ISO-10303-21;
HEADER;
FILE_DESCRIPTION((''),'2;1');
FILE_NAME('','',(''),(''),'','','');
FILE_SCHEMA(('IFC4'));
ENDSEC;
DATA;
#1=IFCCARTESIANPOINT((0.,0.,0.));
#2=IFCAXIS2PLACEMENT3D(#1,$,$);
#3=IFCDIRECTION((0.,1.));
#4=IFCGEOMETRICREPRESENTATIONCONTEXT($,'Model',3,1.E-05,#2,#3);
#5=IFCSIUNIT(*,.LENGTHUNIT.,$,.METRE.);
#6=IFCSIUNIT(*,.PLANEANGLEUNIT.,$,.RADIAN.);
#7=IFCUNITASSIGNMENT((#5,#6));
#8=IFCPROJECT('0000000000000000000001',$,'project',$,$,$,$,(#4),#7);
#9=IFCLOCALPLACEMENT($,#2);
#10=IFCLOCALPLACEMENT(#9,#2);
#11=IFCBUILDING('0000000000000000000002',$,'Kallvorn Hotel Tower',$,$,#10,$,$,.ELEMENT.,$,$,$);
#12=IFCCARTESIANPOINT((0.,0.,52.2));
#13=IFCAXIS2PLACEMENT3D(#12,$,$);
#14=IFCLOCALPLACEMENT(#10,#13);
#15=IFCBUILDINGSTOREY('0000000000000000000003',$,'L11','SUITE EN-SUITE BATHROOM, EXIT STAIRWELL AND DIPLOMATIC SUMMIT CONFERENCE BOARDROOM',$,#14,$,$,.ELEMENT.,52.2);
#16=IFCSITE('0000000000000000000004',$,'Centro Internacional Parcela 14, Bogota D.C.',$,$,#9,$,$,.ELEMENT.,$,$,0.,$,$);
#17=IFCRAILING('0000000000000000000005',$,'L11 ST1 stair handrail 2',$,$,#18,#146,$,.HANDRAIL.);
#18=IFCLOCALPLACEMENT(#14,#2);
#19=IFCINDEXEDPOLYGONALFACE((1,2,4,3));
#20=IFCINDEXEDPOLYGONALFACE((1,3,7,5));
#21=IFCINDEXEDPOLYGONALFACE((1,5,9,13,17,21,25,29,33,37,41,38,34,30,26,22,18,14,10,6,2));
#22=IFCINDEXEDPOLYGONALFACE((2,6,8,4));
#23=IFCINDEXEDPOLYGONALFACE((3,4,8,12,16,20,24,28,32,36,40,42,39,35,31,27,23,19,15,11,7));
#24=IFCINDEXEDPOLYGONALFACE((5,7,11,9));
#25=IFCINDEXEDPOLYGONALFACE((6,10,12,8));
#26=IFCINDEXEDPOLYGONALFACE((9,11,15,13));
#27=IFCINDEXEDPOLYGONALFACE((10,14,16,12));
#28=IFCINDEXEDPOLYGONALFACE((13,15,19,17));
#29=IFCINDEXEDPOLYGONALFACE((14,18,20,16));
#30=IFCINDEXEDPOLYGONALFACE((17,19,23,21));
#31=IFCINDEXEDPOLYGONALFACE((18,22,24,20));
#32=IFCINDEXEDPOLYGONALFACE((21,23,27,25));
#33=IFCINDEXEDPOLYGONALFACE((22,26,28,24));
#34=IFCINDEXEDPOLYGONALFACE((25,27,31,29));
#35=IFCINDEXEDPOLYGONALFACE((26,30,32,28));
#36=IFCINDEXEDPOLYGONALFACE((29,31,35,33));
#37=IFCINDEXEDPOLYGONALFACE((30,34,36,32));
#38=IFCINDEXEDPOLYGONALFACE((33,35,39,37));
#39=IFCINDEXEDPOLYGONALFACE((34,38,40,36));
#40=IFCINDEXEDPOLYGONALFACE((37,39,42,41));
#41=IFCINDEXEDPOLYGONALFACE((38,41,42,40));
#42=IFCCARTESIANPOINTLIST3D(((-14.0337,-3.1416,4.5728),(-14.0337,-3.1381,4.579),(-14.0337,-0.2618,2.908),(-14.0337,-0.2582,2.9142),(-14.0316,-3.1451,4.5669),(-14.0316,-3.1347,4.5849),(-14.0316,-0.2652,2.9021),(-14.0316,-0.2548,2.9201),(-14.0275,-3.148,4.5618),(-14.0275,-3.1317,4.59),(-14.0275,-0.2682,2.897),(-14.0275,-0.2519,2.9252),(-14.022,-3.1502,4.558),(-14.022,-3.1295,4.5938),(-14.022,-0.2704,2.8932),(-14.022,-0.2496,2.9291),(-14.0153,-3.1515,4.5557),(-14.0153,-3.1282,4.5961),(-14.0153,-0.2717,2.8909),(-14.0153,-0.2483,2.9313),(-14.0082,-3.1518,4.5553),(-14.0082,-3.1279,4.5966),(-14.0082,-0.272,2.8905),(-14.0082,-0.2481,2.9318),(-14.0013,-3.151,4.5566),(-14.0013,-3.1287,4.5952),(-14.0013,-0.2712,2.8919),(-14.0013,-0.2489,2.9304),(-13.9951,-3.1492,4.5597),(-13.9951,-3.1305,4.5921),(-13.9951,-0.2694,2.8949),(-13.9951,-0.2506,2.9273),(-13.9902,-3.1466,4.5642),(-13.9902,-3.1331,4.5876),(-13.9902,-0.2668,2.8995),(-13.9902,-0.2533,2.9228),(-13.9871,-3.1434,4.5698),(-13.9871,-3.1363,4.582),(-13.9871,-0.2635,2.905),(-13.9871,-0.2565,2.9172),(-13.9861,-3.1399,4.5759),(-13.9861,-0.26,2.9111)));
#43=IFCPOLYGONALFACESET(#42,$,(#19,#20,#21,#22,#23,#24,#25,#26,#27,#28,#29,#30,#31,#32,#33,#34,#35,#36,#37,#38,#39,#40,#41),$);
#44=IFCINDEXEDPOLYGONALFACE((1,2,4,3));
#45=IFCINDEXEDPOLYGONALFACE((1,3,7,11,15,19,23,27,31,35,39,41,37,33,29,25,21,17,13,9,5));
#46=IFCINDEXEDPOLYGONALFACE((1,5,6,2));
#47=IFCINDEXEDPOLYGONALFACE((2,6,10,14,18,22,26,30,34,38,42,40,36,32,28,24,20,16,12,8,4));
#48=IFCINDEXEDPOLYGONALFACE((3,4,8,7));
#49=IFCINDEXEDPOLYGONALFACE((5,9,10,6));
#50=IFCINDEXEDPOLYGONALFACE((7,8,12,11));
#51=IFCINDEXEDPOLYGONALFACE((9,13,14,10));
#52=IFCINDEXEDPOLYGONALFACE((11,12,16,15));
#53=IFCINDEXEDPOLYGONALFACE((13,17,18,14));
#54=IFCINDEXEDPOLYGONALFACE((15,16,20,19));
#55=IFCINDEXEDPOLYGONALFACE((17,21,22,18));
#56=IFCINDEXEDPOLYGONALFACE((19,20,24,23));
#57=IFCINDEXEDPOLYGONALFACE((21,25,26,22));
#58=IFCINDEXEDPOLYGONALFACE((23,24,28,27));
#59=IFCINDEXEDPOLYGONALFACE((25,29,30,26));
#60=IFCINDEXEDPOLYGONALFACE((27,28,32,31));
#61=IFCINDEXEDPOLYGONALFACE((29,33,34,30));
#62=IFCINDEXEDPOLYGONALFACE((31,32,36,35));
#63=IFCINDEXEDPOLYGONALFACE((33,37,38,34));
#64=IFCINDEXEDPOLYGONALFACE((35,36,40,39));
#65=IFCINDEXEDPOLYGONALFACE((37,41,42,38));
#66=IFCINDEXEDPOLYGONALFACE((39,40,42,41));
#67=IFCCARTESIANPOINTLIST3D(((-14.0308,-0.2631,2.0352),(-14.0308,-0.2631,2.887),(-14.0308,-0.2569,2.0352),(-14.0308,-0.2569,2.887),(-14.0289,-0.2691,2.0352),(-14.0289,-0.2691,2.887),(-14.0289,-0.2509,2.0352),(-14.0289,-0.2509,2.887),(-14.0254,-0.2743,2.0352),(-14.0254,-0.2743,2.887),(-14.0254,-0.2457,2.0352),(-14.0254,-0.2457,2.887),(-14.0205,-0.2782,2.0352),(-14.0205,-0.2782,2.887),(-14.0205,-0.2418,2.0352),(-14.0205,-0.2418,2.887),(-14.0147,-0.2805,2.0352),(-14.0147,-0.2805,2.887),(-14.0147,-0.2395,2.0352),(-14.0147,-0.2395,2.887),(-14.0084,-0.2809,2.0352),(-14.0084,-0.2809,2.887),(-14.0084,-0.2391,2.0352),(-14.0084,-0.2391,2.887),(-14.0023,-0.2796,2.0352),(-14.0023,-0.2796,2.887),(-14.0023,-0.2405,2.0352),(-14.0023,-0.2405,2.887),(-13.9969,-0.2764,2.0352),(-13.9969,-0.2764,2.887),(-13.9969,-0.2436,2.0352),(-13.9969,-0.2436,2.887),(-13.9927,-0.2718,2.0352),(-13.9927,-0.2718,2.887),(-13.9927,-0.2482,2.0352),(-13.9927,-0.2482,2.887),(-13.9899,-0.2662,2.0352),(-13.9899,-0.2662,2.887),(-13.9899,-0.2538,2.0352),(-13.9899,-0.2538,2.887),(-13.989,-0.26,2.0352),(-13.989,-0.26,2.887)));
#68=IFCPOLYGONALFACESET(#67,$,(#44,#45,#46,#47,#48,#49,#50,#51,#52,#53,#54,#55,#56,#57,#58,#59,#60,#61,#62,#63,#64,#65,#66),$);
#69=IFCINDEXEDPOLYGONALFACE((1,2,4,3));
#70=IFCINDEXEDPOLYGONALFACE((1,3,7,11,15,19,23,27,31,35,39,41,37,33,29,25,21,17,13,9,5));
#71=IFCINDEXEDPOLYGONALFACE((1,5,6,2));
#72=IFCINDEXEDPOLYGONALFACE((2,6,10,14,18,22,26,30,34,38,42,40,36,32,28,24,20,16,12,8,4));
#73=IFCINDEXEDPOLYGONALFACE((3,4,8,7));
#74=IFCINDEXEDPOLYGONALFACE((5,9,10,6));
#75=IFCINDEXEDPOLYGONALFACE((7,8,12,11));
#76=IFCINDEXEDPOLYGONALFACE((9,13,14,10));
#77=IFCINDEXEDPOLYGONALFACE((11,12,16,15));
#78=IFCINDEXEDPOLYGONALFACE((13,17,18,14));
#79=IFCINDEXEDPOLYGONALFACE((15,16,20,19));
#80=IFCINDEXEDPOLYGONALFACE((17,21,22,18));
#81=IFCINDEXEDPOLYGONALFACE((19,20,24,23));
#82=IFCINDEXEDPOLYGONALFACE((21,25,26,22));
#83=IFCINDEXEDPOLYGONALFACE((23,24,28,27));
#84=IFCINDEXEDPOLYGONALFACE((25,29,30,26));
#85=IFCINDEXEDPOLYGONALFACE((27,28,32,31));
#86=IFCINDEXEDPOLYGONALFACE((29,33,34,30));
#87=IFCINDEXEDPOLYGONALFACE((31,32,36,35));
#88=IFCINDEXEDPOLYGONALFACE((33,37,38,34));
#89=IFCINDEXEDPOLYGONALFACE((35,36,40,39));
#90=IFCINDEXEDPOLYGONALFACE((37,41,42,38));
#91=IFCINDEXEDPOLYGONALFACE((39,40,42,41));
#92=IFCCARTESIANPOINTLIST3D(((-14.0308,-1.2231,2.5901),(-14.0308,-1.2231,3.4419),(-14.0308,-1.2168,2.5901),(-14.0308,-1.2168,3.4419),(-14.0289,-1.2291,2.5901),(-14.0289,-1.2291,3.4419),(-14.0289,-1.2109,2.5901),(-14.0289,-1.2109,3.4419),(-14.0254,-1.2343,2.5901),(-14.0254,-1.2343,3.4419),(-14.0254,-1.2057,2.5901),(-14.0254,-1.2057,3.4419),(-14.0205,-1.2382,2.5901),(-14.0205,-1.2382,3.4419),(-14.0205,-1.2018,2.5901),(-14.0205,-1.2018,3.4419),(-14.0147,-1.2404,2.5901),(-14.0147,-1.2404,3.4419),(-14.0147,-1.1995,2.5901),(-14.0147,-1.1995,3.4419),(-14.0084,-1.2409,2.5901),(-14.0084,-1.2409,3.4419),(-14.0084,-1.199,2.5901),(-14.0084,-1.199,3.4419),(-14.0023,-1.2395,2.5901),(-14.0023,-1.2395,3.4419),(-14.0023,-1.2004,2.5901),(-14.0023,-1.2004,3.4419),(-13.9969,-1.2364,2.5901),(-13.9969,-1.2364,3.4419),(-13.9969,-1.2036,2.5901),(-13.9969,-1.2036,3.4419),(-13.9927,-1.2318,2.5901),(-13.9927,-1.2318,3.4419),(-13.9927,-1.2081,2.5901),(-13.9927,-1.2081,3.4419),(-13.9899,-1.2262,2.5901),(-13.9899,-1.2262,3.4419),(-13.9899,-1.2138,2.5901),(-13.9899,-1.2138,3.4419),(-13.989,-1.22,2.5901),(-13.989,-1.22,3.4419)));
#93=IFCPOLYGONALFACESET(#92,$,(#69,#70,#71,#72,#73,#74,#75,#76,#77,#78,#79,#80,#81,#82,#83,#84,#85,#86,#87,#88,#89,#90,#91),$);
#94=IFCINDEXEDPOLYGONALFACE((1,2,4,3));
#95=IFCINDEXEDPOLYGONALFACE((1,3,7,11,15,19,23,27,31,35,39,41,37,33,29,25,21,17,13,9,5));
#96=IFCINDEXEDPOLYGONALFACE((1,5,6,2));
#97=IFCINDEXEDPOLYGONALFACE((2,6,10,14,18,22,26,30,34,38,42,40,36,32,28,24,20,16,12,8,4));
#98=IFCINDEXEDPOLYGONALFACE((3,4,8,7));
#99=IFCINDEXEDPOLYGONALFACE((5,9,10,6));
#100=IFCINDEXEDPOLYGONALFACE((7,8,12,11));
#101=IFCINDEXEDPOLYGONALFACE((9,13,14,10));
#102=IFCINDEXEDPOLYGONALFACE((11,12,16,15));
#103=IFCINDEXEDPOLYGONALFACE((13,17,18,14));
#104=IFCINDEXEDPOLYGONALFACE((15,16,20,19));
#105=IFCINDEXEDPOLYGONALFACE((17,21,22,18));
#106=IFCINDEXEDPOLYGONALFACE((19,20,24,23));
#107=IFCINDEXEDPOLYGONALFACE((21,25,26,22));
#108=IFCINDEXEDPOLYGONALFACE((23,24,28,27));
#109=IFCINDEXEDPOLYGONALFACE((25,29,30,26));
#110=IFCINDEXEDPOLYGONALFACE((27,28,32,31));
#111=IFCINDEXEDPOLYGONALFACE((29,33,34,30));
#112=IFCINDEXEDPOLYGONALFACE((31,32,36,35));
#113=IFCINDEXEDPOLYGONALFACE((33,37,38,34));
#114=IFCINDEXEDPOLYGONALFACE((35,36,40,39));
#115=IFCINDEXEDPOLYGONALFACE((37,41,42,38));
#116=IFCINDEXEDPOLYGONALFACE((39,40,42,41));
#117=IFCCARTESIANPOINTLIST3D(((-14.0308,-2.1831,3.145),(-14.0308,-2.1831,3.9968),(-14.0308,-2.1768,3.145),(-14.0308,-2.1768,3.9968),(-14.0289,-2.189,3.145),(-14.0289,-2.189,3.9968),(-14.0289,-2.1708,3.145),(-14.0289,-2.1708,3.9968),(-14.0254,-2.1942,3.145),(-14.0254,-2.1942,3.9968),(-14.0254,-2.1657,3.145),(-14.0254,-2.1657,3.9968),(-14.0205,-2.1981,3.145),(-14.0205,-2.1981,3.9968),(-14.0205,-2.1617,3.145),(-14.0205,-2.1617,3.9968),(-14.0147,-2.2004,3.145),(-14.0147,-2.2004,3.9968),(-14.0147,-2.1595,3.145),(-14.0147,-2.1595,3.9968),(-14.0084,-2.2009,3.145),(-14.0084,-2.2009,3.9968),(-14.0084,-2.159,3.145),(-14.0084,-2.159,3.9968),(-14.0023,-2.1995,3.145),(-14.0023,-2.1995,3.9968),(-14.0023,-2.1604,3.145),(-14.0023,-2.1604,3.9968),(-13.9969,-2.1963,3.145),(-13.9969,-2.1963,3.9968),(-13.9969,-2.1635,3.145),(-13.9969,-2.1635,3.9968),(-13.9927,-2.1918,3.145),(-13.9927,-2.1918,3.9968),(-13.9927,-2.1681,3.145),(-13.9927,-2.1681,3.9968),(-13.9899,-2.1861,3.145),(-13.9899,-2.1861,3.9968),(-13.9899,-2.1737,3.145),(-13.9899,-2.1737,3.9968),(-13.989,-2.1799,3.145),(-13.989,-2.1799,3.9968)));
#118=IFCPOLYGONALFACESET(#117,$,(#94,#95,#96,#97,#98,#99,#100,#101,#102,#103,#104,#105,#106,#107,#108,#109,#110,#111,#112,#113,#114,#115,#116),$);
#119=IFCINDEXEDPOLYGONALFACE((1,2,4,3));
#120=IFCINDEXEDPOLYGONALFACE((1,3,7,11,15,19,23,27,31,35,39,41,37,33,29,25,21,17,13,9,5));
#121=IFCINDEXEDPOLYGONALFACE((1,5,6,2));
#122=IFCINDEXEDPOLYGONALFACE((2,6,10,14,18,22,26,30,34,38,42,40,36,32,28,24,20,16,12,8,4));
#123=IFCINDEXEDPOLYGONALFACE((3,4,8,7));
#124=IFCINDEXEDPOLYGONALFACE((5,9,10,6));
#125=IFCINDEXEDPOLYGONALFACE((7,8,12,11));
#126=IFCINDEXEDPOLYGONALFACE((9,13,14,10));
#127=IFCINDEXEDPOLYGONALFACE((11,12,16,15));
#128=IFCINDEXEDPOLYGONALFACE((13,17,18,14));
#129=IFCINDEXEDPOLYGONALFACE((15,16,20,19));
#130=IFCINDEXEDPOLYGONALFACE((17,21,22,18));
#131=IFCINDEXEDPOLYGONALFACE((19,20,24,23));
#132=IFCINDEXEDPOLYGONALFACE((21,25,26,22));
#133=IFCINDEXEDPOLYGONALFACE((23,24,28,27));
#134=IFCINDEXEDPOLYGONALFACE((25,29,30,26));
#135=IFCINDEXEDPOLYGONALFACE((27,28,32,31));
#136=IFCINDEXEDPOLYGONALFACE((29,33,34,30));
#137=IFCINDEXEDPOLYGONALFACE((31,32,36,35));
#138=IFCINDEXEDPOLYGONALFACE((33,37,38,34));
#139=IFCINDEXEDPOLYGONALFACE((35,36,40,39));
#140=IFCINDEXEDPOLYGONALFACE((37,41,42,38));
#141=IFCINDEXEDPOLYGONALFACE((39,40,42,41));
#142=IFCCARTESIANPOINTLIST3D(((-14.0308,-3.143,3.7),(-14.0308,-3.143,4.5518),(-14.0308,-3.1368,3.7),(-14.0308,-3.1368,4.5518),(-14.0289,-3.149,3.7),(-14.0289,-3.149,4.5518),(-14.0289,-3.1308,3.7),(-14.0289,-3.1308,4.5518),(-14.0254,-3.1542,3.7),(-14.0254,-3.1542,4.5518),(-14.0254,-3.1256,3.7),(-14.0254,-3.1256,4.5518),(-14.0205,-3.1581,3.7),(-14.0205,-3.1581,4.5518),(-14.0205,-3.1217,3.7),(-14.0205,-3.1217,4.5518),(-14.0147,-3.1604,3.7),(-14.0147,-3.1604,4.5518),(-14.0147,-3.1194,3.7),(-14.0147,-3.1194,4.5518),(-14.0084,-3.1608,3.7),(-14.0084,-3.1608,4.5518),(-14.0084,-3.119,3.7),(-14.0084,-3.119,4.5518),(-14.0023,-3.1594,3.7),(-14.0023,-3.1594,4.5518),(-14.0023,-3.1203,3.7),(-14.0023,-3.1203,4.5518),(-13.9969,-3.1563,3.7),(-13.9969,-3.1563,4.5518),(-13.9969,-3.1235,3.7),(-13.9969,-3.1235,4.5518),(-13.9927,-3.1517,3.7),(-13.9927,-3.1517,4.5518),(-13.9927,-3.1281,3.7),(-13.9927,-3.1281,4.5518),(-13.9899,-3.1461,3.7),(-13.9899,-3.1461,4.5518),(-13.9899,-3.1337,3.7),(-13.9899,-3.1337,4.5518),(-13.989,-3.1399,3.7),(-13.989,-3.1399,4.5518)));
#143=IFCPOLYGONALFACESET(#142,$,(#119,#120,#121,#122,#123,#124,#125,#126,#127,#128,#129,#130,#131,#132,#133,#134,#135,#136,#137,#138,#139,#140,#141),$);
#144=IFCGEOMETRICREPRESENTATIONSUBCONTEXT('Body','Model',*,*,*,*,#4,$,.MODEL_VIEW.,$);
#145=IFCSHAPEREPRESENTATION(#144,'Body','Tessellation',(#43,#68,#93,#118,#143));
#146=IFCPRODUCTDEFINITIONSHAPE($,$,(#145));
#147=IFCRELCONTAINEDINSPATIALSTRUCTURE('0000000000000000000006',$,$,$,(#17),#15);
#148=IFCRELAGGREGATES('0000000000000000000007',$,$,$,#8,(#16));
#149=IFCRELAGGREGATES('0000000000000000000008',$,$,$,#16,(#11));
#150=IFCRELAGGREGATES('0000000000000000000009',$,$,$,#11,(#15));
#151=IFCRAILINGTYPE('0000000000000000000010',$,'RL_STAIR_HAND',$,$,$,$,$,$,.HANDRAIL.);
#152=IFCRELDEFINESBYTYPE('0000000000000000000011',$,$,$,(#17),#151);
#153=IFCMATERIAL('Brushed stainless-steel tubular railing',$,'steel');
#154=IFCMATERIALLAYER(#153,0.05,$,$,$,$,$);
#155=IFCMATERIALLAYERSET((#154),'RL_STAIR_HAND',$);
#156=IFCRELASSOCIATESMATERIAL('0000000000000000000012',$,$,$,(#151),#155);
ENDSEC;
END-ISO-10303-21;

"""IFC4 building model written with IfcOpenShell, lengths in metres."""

from ifc_helpers import new_model, si_unit, direction, frame, origin, origin_2d, place, context, subcontext, project, spatial, circle, extrude, material, layer, layer_set, type_object, element, save


model = new_model("IFC4")

# Units and contexts
model_context = context("Model", 3, precision=1e-05, world=origin(), true_north=direction((0.0, 1.0)))
body_context = subcontext(model_context, "Body", "Model", "MODEL_VIEW")
ifc_project = project(units=[si_unit("LENGTHUNIT", "METRE"), si_unit("PLANEANGLEUNIT", "RADIAN")], contexts=[model_context])

# Site, building, storey
site_placement = place(None, origin())
site = spatial("IfcSite", under=ifc_project, at=site_placement, Name="Centro Internacional Parcela 14, Bogota D.C.", CompositionType="ELEMENT", RefElevation=0.0)
building_placement = place(site_placement, origin())
building = spatial("IfcBuilding", under=site, at=building_placement, Name="Kallvorn Hotel Tower", CompositionType="ELEMENT")
storey_placement = place(building_placement, frame((0.0, 0.0, 52.2)))
storey = spatial("IfcBuildingStorey", under=building, at=storey_placement, Name="L11", Description="SUITE EN-SUITE BATHROOM, EXIT STAIRWELL AND DIPLOMATIC SUMMIT CONFERENCE BOARDROOM", CompositionType="ELEMENT", Elevation=52.2)

# Railing
ifc_material_1 = material(Name="Brushed stainless-steel tubular railing", Category="steel")
ifc_layer_1 = layer(ifc_material_1, 0.05)
ifc_layer_set_1 = layer_set([ifc_layer_1], Name="RL_STAIR_HAND")
railing_type_1 = type_object("IfcRailingType", Name="RL_STAIR_HAND", PredefinedType="HANDRAIL", material=ifc_layer_set_1)
railing_1_placement = place(storey_placement, frame((-14.01, -0.26, 2.0352)))
element("IfcRailing", 1, at=railing_1_placement, inside=storey, type_object=railing_type_1, Name="L11 ST1 stair handrail 2", PredefinedType="HANDRAIL", context=body_context, shape_type="SweptSolid", body=[
    extrude(circle(Radius=0.0239, at=origin_2d()), frame((0.0, 0.0, 0.876), z_axis=(0.0, -0.865753, 0.500472), x_axis=(1.0, 0.0, 0.0)), (0.0, 0.0, 1.0), 3.3264),
    extrude(circle(Radius=0.021, at=origin_2d()), origin(), (0.0, 0.0, 1.0), 0.8518),
    extrude(circle(Radius=0.021, at=origin_2d()), frame((0.0, -0.96, 0.5549)), (0.0, 0.0, 1.0), 0.8518),
    extrude(circle(Radius=0.021, at=origin_2d()), frame((0.0, -1.9199, 1.1099)), (0.0, 0.0, 1.0), 0.8518),
    extrude(circle(Radius=0.021, at=origin_2d()), frame((0.0, -2.8799, 1.6648)), (0.0, 0.0, 1.0), 0.8518),
])

save(model, "model.ifc")
